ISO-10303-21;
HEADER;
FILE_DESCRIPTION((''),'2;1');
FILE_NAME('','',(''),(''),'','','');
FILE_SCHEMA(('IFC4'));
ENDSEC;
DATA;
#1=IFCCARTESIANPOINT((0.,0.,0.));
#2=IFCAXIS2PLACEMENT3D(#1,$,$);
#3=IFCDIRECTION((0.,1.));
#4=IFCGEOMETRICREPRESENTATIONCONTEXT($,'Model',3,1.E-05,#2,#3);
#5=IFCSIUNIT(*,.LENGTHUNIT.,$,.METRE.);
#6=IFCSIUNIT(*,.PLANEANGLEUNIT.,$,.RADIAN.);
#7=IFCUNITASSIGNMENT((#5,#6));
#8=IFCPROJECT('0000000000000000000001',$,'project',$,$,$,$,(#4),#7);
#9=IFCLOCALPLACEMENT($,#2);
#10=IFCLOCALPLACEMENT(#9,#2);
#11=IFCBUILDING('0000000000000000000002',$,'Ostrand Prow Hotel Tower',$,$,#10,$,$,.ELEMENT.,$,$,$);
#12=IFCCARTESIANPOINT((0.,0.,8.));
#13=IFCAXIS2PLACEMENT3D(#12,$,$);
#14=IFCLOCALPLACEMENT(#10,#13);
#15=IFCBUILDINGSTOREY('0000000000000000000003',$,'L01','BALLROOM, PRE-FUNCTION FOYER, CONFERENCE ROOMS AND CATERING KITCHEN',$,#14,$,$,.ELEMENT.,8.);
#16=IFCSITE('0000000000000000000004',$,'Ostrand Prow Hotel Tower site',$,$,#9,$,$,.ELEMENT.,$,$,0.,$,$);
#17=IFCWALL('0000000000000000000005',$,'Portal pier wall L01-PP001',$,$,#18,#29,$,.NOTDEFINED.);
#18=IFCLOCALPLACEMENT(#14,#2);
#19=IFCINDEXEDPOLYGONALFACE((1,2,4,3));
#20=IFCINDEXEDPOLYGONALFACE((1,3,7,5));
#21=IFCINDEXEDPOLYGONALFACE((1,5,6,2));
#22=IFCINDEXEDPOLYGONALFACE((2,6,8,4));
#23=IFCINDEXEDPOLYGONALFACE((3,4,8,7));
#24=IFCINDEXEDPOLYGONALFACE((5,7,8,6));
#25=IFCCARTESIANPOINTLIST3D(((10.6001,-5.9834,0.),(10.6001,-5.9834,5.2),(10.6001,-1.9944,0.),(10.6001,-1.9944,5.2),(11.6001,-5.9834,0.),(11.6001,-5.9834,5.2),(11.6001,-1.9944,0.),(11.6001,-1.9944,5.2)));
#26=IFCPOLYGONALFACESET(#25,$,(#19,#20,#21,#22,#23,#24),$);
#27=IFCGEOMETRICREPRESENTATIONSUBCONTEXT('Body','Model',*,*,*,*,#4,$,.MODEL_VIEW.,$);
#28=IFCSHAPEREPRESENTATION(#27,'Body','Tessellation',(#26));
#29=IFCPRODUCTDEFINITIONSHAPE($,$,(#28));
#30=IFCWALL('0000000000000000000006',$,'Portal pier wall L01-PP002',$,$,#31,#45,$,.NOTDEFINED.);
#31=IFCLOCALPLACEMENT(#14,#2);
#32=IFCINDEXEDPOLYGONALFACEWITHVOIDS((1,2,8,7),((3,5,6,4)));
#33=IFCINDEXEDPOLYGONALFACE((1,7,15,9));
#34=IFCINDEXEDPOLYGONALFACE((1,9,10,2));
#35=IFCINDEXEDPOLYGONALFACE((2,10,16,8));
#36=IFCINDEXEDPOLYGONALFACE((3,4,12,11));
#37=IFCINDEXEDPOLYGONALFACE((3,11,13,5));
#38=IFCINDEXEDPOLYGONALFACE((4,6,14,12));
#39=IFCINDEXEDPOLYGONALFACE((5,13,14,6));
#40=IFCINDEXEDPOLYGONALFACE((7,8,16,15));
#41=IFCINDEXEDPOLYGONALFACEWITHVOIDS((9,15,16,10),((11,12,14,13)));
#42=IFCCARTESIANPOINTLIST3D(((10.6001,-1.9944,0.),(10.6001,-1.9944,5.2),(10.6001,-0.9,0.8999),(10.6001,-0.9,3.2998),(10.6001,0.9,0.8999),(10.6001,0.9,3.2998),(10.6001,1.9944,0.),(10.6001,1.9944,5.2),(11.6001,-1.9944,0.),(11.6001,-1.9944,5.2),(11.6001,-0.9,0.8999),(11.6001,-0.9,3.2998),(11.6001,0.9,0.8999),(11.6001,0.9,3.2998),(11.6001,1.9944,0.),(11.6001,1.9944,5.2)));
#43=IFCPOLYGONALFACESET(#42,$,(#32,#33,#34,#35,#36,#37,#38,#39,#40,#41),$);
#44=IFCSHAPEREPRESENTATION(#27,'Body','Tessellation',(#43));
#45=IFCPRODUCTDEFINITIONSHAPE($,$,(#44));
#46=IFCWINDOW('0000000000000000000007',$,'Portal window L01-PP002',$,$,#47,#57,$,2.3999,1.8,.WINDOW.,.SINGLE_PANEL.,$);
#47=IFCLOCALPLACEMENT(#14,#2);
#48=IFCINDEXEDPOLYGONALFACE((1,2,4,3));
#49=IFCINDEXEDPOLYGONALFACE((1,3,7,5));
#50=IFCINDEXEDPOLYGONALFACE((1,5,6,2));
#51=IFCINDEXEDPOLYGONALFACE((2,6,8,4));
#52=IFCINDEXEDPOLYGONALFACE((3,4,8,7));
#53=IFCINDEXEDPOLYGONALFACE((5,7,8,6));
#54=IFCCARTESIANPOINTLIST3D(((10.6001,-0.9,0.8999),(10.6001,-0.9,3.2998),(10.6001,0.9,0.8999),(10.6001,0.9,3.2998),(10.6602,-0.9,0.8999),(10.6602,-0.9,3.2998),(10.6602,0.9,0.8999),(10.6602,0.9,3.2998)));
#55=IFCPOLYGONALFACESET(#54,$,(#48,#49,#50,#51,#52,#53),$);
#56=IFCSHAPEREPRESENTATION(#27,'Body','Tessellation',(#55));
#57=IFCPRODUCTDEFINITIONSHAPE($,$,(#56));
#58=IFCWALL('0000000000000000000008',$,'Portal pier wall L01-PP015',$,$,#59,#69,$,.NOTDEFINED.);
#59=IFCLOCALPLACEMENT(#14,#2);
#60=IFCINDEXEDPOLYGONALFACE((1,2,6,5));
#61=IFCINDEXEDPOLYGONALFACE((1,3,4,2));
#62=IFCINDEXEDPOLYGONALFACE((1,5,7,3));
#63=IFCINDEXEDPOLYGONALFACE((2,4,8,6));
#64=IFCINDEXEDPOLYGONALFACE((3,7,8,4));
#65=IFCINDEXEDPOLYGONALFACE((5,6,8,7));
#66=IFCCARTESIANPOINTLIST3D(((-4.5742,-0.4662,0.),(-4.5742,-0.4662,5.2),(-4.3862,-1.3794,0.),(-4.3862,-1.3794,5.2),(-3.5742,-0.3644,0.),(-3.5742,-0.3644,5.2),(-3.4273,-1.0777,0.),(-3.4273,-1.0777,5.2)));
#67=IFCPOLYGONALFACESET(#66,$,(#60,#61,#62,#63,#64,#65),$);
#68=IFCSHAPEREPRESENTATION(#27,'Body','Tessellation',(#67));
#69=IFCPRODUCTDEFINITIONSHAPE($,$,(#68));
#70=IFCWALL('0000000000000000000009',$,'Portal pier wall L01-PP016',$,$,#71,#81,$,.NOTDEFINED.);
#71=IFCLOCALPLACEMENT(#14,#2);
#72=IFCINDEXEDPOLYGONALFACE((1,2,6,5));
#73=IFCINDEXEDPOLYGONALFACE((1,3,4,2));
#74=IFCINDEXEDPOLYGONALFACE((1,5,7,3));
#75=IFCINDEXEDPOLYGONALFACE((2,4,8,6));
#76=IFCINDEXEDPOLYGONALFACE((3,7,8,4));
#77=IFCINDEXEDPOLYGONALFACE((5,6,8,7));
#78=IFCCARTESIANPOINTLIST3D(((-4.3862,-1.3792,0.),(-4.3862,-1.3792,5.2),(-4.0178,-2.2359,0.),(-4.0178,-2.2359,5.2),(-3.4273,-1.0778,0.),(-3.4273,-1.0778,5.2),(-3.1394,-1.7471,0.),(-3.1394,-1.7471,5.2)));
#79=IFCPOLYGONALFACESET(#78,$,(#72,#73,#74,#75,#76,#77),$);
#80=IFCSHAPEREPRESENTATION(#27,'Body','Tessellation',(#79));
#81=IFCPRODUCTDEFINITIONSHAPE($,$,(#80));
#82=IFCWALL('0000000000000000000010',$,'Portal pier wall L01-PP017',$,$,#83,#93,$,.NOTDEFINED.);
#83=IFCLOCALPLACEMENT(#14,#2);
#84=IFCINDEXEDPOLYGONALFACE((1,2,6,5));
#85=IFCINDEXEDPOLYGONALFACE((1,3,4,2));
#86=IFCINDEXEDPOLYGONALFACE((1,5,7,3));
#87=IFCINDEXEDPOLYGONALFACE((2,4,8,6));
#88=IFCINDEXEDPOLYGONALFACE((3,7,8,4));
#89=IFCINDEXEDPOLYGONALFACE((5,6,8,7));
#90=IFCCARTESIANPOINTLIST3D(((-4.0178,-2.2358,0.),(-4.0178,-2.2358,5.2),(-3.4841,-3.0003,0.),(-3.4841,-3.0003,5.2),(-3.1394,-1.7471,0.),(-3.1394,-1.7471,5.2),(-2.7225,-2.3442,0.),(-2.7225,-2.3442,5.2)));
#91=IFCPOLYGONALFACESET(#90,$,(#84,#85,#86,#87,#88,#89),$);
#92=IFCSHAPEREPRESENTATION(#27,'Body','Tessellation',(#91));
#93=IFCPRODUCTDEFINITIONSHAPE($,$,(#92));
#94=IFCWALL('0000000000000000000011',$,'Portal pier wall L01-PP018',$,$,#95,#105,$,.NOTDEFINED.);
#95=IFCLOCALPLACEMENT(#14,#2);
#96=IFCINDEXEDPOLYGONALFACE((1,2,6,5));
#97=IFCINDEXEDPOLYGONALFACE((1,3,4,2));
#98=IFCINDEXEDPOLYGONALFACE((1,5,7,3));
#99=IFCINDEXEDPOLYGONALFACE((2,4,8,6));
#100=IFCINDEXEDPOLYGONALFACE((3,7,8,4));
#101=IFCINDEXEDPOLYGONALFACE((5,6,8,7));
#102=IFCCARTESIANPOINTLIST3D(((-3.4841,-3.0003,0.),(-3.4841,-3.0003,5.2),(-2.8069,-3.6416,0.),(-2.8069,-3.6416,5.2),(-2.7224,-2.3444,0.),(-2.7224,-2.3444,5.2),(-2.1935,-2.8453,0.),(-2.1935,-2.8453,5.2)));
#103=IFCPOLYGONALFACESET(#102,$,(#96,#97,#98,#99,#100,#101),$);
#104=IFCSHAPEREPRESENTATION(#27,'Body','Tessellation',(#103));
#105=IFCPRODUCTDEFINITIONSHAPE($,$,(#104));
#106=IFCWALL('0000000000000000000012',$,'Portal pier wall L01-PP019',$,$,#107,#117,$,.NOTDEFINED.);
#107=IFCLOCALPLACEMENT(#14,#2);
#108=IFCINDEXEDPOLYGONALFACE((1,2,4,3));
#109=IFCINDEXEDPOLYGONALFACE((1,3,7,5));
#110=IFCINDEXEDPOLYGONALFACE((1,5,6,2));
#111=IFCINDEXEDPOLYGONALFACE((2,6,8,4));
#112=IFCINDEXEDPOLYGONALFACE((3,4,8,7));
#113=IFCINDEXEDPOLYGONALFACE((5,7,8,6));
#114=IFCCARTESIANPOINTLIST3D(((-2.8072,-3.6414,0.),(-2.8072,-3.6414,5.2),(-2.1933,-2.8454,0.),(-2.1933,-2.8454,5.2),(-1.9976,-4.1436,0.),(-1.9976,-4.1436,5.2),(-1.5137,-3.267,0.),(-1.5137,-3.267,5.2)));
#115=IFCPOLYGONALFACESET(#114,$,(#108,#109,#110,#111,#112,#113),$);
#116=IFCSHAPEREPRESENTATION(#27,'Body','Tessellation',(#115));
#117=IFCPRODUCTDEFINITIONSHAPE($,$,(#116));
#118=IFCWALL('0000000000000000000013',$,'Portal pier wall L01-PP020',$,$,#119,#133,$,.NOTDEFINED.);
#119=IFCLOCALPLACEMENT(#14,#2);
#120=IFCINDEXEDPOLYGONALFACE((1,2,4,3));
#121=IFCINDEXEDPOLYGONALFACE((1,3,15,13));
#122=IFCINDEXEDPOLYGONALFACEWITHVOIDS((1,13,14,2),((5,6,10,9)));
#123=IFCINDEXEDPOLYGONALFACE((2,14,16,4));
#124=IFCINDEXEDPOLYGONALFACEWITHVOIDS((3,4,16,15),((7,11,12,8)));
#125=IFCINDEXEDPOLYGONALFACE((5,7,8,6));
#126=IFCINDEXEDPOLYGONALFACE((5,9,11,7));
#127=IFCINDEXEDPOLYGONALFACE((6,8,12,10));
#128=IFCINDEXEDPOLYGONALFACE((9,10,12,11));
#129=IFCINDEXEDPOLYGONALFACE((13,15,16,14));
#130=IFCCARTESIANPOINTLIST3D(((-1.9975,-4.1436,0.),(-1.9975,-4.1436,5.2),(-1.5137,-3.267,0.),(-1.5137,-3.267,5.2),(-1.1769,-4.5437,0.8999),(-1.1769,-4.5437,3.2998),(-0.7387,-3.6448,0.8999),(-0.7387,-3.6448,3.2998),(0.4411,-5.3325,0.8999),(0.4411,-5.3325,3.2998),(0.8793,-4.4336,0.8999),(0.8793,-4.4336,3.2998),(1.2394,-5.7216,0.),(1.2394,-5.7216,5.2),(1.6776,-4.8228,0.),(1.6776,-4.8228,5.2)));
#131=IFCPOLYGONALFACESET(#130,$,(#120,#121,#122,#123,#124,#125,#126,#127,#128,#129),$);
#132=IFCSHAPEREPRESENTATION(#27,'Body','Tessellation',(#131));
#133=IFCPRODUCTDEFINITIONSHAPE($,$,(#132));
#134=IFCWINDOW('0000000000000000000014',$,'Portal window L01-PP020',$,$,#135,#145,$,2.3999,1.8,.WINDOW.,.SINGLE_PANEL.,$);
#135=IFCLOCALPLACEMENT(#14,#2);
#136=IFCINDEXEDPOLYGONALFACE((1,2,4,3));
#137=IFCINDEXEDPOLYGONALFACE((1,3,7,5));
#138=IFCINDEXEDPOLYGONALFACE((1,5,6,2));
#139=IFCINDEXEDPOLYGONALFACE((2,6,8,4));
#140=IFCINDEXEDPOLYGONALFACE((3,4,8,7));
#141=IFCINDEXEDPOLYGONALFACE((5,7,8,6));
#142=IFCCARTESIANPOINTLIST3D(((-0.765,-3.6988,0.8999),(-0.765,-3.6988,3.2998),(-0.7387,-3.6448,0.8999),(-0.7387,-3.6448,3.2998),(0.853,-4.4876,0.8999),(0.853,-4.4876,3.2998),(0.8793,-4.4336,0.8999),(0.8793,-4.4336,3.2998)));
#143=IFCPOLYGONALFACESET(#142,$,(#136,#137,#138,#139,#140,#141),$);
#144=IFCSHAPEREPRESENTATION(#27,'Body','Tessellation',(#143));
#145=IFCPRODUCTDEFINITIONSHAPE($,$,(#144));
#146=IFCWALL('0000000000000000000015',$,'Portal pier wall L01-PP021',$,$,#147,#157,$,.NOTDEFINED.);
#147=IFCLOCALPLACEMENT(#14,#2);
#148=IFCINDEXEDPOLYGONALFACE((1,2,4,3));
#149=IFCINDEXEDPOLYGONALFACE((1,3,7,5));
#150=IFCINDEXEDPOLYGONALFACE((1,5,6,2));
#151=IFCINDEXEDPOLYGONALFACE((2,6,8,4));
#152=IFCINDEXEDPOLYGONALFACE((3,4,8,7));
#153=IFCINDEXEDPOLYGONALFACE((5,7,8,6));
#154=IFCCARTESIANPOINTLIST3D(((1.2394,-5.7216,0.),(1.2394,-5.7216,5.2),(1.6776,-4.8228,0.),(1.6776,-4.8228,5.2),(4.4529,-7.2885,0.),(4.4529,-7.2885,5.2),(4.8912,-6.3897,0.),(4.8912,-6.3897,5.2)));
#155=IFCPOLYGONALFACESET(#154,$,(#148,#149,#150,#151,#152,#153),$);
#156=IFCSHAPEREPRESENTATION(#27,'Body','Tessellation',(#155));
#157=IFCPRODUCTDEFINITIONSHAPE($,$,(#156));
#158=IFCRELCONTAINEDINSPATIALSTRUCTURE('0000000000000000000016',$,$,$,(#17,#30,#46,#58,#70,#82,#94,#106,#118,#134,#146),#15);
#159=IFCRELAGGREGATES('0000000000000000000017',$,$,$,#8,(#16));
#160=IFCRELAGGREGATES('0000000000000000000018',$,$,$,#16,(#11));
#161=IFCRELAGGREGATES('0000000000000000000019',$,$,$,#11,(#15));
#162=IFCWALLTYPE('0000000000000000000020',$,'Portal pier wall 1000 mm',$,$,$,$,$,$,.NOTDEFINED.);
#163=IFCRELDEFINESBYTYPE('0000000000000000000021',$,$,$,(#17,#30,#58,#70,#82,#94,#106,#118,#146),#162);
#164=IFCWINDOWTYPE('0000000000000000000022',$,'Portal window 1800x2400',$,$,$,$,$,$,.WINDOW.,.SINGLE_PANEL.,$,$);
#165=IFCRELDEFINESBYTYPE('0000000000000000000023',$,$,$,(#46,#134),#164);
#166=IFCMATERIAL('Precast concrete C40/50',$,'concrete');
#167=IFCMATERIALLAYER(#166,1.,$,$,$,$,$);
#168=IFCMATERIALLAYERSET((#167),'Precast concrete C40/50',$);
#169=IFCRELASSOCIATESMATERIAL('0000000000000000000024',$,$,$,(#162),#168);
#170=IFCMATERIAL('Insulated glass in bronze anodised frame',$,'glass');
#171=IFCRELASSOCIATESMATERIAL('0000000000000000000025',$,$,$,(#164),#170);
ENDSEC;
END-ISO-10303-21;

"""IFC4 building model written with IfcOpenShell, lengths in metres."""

from ifc_helpers import new_model, si_unit, direction, frame, frame_2d, origin, place, context, subcontext, project, spatial, polyline, rectangle, outline, extrude, material, layer, layer_set, type_object, element, fill, save


model = new_model("IFC4")

# Units and contexts
model_context = context("Model", 3, precision=1e-05, world=origin(), true_north=direction((0.0, 1.0)))
body_context = subcontext(model_context, "Body", "Model", "MODEL_VIEW")
ifc_project = project(units=[si_unit("LENGTHUNIT", "METRE"), si_unit("PLANEANGLEUNIT", "RADIAN")], contexts=[model_context])

# Site, building, storey
site_placement = place(None, origin())
site = spatial("IfcSite", under=ifc_project, at=site_placement, Name="Ostrand Prow Hotel Tower site", CompositionType="ELEMENT", RefElevation=0.0)
building_placement = place(site_placement, origin())
building = spatial("IfcBuilding", under=site, at=building_placement, Name="Ostrand Prow Hotel Tower", CompositionType="ELEMENT")
storey_placement = place(building_placement, frame((0.0, 0.0, 8.0)))
storey = spatial("IfcBuildingStorey", under=building, at=storey_placement, Name="L01", Description="BALLROOM, PRE-FUNCTION FOYER, CONFERENCE ROOMS AND CATERING KITCHEN", CompositionType="ELEMENT", Elevation=8.0)

# Wall
ifc_material_1 = material(Name="Precast concrete C40/50", Category="concrete")
ifc_layer_1 = layer(ifc_material_1, 1.0)
ifc_layer_set_1 = layer_set([ifc_layer_1], Name="Precast concrete C40/50")
wall_type_1 = type_object("IfcWallType", Name="Portal pier wall 1000 mm", PredefinedType="NOTDEFINED", material=ifc_layer_set_1)
wall_1_placement = place(storey_placement, frame((11.1001, -5.9834, 0.0), z_axis=(0.0, 0.0, 1.0), x_axis=(0.0, 1.0, 0.0)))
element("IfcWall", 1, at=wall_1_placement, inside=storey, type_object=wall_type_1, Name="Portal pier wall L01-PP001", PredefinedType="NOTDEFINED", context=body_context, shape_type="SweptSolid", body=[
    extrude(outline(polyline([(0.0, -0.5), (3.989, -0.5), (3.989, 0.5), (0.0, 0.5), (0.0, -0.5)])), origin(), (0.0, 0.0, 1.0), 5.2),
])

# Wall, opening, window
wall_2_placement = place(storey_placement, frame((11.1001, -1.9944, 0.0), z_axis=(0.0, 0.0, 1.0), x_axis=(0.0, 1.0, 0.0)))
wall_2 = element("IfcWall", 2, at=wall_2_placement, inside=storey, type_object=wall_type_1, Name="Portal pier wall L01-PP002", PredefinedType="NOTDEFINED", context=body_context, shape_type="SweptSolid", body=[
    extrude(outline(polyline([(0.0, -0.5), (3.9888, -0.5), (3.9888, 0.5), (0.0, 0.5), (0.0, -0.5)])), origin(), (0.0, 0.0, 1.0), 5.2),
])
opening_1_placement = place(wall_2_placement, frame((1.0945, 0.0, 0.8999)))
opening_1 = element("IfcOpeningElement", 3, at=opening_1_placement, cuts=wall_2, PredefinedType="OPENING", context=body_context, shape_type="SweptSolid", body=[
    extrude(rectangle(XDim=1.8, YDim=2.3999, at=frame_2d((0.8999, 1.2))), frame((0.0, 0.51, 0.0), z_axis=(0.0, -1.0, 0.0), x_axis=(1.0, 0.0, 0.0)), (0.0, 0.0, 1.0), 1.02),
])
ifc_material_2 = material(Name="Insulated glass in bronze anodised frame", Category="glass")
window_type = type_object("IfcWindowType", Name="Portal window 1800x2400", PartitioningType="SINGLE_PANEL", PredefinedType="WINDOW", material=ifc_material_2)
window_1_placement = place(opening_1_placement, origin())
window_1 = element("IfcWindow", 4, at=window_1_placement, inside=storey, type_object=window_type, Name="Portal window L01-PP002", OverallHeight=2.3999, OverallWidth=1.8, PartitioningType="SINGLE_PANEL", PredefinedType="WINDOW", context=body_context, shape_type="SweptSolid", body=[
    extrude(rectangle(XDim=1.8, YDim=2.3999, at=frame_2d((0.8999, 1.2))), frame((0.0, 0.5, 0.0), z_axis=(0.0, -1.0, 0.0), x_axis=(1.0, 0.0, 0.0)), (0.0, 0.0, 1.0), 0.0601),
])
fill(opening_1, window_1)

# Walls
wall_3_placement = place(storey_placement, frame((-4.0742, -0.4153, 0.0), z_axis=(0.0, 0.0, 1.0), x_axis=(0.201711, -0.979445, 0.0)))
element("IfcWall", 5, at=wall_3_placement, inside=storey, type_object=wall_type_1, Name="Portal pier wall L01-PP015", PredefinedType="NOTDEFINED", context=body_context, shape_type="SweptSolid", body=[
    extrude(outline(polyline([(-0.051, -0.5), (0.8813, -0.5), (0.7793, 0.5), (0.051, 0.5), (-0.051, -0.5)])), origin(), (0.0, 0.0, 1.0), 5.2),
])
wall_4_placement = place(storey_placement, frame((-3.9067, -1.2285, 0.0), z_axis=(0.0, 0.0, 1.0), x_axis=(0.39509, -0.918643, 0.0)))
element("IfcWall", 6, at=wall_4_placement, inside=storey, type_object=wall_type_1, Name="Portal pier wall L01-PP016", PredefinedType="NOTDEFINED", context=body_context, shape_type="SweptSolid", body=[
    extrude(outline(polyline([(-0.051, -0.5), (0.8816, -0.5), (0.7795, 0.5), (0.051, 0.5), (-0.051, -0.5)])), origin(), (0.0, 0.0, 1.0), 5.2),
])
wall_5_placement = place(storey_placement, frame((-3.5786, -1.9915, 0.0), z_axis=(0.0, 0.0, 1.0), x_axis=(0.572416, -0.819963, 0.0)))
element("IfcWall", 7, at=wall_5_placement, inside=storey, type_object=wall_type_1, Name="Portal pier wall L01-PP017", PredefinedType="NOTDEFINED", context=body_context, shape_type="SweptSolid", body=[
    extrude(outline(polyline([(-0.051, -0.5), (0.8813, -0.5), (0.7793, 0.5), (0.051, 0.5), (-0.051, -0.5)])), origin(), (0.0, 0.0, 1.0), 5.2),
])
wall_6_placement = place(storey_placement, frame((-3.1033, -2.6724, 0.0), z_axis=(0.0, 0.0, 1.0), x_axis=(0.726099, -0.68759, 0.0)))
element("IfcWall", 8, at=wall_6_placement, inside=storey, type_object=wall_type_1, Name="Portal pier wall L01-PP018", PredefinedType="NOTDEFINED", context=body_context, shape_type="SweptSolid", body=[
    extrude(outline(polyline([(-0.051, -0.5), (0.8816, -0.5), (0.7795, 0.5), (0.051, 0.5), (-0.051, -0.5)])), origin(), (0.0, 0.0, 1.0), 5.2),
])
wall_7_placement = place(storey_placement, frame((-2.5002, -3.2434, 0.0), z_axis=(0.0, 0.0, 1.0), x_axis=(0.849778, -0.527141, 0.0)))
element("IfcWall", 9, at=wall_7_placement, inside=storey, type_object=wall_type_1, Name="Portal pier wall L01-PP019", PredefinedType="NOTDEFINED", context=body_context, shape_type="SweptSolid", body=[
    extrude(outline(polyline([(-0.051, -0.5), (0.9016, -0.5), (0.8508, 0.5), (0.051, 0.5), (-0.051, -0.5)])), origin(), (0.0, 0.0, 1.0), 5.2),
])

# Wall, opening, window
wall_8_placement = place(storey_placement, frame((-1.7556, -3.7053, 0.0), z_axis=(0.0, 0.0, 1.0), x_axis=(0.898875, -0.438206, 0.0)))
wall_8 = element("IfcWall", 10, at=wall_8_placement, inside=storey, type_object=wall_type_1, Name="Portal pier wall L01-PP020", PredefinedType="NOTDEFINED", context=body_context, shape_type="SweptSolid", body=[
    extrude(outline(polyline([(-0.0254, -0.5), (3.5757, -0.5), (3.5757, 0.5), (0.0254, 0.5), (-0.0254, -0.5)])), origin(), (0.0, 0.0, 1.0), 5.2),
])
opening_2_placement = place(wall_8_placement, frame((0.8877, 0.0, 0.8999)))
opening_2 = element("IfcOpeningElement", 11, at=opening_2_placement, cuts=wall_8, PredefinedType="OPENING", context=body_context, shape_type="SweptSolid", body=[
    extrude(rectangle(XDim=1.8, YDim=2.3999, at=frame_2d((0.8999, 1.2))), frame((0.0, 0.51, 0.0), z_axis=(0.0, -1.0, 0.0), x_axis=(1.0, 0.0, 0.0)), (0.0, 0.0, 1.0), 1.02),
])
window_2_placement = place(opening_2_placement, origin())
window_2 = element("IfcWindow", 12, at=window_2_placement, inside=storey, type_object=window_type, Name="Portal window L01-PP020", OverallHeight=2.3999, OverallWidth=1.8, PartitioningType="SINGLE_PANEL", PredefinedType="WINDOW", context=body_context, shape_type="SweptSolid", body=[
    extrude(rectangle(XDim=1.8, YDim=2.3999, at=frame_2d((0.8999, 1.2))), frame((0.0, 0.5, 0.0), z_axis=(0.0, -1.0, 0.0), x_axis=(1.0, 0.0, 0.0)), (0.0, 0.0, 1.0), 0.0601),
])
fill(opening_2, window_2)

# Wall
wall_9_placement = place(storey_placement, frame((1.4585, -5.2722, 0.0), z_axis=(0.0, 0.0, 1.0), x_axis=(0.898848, -0.438259, 0.0)))
element("IfcWall", 13, at=wall_9_placement, inside=storey, type_object=wall_type_1, Name="Portal pier wall L01-PP021", PredefinedType="NOTDEFINED", context=body_context, shape_type="SweptSolid", body=[
    extrude(outline(polyline([(0.0, -0.5), (3.5752, -0.5), (3.5752, 0.5), (0.0, 0.5), (0.0, -0.5)])), origin(), (0.0, 0.0, 1.0), 5.2),
])

save(model, "model.ifc")
